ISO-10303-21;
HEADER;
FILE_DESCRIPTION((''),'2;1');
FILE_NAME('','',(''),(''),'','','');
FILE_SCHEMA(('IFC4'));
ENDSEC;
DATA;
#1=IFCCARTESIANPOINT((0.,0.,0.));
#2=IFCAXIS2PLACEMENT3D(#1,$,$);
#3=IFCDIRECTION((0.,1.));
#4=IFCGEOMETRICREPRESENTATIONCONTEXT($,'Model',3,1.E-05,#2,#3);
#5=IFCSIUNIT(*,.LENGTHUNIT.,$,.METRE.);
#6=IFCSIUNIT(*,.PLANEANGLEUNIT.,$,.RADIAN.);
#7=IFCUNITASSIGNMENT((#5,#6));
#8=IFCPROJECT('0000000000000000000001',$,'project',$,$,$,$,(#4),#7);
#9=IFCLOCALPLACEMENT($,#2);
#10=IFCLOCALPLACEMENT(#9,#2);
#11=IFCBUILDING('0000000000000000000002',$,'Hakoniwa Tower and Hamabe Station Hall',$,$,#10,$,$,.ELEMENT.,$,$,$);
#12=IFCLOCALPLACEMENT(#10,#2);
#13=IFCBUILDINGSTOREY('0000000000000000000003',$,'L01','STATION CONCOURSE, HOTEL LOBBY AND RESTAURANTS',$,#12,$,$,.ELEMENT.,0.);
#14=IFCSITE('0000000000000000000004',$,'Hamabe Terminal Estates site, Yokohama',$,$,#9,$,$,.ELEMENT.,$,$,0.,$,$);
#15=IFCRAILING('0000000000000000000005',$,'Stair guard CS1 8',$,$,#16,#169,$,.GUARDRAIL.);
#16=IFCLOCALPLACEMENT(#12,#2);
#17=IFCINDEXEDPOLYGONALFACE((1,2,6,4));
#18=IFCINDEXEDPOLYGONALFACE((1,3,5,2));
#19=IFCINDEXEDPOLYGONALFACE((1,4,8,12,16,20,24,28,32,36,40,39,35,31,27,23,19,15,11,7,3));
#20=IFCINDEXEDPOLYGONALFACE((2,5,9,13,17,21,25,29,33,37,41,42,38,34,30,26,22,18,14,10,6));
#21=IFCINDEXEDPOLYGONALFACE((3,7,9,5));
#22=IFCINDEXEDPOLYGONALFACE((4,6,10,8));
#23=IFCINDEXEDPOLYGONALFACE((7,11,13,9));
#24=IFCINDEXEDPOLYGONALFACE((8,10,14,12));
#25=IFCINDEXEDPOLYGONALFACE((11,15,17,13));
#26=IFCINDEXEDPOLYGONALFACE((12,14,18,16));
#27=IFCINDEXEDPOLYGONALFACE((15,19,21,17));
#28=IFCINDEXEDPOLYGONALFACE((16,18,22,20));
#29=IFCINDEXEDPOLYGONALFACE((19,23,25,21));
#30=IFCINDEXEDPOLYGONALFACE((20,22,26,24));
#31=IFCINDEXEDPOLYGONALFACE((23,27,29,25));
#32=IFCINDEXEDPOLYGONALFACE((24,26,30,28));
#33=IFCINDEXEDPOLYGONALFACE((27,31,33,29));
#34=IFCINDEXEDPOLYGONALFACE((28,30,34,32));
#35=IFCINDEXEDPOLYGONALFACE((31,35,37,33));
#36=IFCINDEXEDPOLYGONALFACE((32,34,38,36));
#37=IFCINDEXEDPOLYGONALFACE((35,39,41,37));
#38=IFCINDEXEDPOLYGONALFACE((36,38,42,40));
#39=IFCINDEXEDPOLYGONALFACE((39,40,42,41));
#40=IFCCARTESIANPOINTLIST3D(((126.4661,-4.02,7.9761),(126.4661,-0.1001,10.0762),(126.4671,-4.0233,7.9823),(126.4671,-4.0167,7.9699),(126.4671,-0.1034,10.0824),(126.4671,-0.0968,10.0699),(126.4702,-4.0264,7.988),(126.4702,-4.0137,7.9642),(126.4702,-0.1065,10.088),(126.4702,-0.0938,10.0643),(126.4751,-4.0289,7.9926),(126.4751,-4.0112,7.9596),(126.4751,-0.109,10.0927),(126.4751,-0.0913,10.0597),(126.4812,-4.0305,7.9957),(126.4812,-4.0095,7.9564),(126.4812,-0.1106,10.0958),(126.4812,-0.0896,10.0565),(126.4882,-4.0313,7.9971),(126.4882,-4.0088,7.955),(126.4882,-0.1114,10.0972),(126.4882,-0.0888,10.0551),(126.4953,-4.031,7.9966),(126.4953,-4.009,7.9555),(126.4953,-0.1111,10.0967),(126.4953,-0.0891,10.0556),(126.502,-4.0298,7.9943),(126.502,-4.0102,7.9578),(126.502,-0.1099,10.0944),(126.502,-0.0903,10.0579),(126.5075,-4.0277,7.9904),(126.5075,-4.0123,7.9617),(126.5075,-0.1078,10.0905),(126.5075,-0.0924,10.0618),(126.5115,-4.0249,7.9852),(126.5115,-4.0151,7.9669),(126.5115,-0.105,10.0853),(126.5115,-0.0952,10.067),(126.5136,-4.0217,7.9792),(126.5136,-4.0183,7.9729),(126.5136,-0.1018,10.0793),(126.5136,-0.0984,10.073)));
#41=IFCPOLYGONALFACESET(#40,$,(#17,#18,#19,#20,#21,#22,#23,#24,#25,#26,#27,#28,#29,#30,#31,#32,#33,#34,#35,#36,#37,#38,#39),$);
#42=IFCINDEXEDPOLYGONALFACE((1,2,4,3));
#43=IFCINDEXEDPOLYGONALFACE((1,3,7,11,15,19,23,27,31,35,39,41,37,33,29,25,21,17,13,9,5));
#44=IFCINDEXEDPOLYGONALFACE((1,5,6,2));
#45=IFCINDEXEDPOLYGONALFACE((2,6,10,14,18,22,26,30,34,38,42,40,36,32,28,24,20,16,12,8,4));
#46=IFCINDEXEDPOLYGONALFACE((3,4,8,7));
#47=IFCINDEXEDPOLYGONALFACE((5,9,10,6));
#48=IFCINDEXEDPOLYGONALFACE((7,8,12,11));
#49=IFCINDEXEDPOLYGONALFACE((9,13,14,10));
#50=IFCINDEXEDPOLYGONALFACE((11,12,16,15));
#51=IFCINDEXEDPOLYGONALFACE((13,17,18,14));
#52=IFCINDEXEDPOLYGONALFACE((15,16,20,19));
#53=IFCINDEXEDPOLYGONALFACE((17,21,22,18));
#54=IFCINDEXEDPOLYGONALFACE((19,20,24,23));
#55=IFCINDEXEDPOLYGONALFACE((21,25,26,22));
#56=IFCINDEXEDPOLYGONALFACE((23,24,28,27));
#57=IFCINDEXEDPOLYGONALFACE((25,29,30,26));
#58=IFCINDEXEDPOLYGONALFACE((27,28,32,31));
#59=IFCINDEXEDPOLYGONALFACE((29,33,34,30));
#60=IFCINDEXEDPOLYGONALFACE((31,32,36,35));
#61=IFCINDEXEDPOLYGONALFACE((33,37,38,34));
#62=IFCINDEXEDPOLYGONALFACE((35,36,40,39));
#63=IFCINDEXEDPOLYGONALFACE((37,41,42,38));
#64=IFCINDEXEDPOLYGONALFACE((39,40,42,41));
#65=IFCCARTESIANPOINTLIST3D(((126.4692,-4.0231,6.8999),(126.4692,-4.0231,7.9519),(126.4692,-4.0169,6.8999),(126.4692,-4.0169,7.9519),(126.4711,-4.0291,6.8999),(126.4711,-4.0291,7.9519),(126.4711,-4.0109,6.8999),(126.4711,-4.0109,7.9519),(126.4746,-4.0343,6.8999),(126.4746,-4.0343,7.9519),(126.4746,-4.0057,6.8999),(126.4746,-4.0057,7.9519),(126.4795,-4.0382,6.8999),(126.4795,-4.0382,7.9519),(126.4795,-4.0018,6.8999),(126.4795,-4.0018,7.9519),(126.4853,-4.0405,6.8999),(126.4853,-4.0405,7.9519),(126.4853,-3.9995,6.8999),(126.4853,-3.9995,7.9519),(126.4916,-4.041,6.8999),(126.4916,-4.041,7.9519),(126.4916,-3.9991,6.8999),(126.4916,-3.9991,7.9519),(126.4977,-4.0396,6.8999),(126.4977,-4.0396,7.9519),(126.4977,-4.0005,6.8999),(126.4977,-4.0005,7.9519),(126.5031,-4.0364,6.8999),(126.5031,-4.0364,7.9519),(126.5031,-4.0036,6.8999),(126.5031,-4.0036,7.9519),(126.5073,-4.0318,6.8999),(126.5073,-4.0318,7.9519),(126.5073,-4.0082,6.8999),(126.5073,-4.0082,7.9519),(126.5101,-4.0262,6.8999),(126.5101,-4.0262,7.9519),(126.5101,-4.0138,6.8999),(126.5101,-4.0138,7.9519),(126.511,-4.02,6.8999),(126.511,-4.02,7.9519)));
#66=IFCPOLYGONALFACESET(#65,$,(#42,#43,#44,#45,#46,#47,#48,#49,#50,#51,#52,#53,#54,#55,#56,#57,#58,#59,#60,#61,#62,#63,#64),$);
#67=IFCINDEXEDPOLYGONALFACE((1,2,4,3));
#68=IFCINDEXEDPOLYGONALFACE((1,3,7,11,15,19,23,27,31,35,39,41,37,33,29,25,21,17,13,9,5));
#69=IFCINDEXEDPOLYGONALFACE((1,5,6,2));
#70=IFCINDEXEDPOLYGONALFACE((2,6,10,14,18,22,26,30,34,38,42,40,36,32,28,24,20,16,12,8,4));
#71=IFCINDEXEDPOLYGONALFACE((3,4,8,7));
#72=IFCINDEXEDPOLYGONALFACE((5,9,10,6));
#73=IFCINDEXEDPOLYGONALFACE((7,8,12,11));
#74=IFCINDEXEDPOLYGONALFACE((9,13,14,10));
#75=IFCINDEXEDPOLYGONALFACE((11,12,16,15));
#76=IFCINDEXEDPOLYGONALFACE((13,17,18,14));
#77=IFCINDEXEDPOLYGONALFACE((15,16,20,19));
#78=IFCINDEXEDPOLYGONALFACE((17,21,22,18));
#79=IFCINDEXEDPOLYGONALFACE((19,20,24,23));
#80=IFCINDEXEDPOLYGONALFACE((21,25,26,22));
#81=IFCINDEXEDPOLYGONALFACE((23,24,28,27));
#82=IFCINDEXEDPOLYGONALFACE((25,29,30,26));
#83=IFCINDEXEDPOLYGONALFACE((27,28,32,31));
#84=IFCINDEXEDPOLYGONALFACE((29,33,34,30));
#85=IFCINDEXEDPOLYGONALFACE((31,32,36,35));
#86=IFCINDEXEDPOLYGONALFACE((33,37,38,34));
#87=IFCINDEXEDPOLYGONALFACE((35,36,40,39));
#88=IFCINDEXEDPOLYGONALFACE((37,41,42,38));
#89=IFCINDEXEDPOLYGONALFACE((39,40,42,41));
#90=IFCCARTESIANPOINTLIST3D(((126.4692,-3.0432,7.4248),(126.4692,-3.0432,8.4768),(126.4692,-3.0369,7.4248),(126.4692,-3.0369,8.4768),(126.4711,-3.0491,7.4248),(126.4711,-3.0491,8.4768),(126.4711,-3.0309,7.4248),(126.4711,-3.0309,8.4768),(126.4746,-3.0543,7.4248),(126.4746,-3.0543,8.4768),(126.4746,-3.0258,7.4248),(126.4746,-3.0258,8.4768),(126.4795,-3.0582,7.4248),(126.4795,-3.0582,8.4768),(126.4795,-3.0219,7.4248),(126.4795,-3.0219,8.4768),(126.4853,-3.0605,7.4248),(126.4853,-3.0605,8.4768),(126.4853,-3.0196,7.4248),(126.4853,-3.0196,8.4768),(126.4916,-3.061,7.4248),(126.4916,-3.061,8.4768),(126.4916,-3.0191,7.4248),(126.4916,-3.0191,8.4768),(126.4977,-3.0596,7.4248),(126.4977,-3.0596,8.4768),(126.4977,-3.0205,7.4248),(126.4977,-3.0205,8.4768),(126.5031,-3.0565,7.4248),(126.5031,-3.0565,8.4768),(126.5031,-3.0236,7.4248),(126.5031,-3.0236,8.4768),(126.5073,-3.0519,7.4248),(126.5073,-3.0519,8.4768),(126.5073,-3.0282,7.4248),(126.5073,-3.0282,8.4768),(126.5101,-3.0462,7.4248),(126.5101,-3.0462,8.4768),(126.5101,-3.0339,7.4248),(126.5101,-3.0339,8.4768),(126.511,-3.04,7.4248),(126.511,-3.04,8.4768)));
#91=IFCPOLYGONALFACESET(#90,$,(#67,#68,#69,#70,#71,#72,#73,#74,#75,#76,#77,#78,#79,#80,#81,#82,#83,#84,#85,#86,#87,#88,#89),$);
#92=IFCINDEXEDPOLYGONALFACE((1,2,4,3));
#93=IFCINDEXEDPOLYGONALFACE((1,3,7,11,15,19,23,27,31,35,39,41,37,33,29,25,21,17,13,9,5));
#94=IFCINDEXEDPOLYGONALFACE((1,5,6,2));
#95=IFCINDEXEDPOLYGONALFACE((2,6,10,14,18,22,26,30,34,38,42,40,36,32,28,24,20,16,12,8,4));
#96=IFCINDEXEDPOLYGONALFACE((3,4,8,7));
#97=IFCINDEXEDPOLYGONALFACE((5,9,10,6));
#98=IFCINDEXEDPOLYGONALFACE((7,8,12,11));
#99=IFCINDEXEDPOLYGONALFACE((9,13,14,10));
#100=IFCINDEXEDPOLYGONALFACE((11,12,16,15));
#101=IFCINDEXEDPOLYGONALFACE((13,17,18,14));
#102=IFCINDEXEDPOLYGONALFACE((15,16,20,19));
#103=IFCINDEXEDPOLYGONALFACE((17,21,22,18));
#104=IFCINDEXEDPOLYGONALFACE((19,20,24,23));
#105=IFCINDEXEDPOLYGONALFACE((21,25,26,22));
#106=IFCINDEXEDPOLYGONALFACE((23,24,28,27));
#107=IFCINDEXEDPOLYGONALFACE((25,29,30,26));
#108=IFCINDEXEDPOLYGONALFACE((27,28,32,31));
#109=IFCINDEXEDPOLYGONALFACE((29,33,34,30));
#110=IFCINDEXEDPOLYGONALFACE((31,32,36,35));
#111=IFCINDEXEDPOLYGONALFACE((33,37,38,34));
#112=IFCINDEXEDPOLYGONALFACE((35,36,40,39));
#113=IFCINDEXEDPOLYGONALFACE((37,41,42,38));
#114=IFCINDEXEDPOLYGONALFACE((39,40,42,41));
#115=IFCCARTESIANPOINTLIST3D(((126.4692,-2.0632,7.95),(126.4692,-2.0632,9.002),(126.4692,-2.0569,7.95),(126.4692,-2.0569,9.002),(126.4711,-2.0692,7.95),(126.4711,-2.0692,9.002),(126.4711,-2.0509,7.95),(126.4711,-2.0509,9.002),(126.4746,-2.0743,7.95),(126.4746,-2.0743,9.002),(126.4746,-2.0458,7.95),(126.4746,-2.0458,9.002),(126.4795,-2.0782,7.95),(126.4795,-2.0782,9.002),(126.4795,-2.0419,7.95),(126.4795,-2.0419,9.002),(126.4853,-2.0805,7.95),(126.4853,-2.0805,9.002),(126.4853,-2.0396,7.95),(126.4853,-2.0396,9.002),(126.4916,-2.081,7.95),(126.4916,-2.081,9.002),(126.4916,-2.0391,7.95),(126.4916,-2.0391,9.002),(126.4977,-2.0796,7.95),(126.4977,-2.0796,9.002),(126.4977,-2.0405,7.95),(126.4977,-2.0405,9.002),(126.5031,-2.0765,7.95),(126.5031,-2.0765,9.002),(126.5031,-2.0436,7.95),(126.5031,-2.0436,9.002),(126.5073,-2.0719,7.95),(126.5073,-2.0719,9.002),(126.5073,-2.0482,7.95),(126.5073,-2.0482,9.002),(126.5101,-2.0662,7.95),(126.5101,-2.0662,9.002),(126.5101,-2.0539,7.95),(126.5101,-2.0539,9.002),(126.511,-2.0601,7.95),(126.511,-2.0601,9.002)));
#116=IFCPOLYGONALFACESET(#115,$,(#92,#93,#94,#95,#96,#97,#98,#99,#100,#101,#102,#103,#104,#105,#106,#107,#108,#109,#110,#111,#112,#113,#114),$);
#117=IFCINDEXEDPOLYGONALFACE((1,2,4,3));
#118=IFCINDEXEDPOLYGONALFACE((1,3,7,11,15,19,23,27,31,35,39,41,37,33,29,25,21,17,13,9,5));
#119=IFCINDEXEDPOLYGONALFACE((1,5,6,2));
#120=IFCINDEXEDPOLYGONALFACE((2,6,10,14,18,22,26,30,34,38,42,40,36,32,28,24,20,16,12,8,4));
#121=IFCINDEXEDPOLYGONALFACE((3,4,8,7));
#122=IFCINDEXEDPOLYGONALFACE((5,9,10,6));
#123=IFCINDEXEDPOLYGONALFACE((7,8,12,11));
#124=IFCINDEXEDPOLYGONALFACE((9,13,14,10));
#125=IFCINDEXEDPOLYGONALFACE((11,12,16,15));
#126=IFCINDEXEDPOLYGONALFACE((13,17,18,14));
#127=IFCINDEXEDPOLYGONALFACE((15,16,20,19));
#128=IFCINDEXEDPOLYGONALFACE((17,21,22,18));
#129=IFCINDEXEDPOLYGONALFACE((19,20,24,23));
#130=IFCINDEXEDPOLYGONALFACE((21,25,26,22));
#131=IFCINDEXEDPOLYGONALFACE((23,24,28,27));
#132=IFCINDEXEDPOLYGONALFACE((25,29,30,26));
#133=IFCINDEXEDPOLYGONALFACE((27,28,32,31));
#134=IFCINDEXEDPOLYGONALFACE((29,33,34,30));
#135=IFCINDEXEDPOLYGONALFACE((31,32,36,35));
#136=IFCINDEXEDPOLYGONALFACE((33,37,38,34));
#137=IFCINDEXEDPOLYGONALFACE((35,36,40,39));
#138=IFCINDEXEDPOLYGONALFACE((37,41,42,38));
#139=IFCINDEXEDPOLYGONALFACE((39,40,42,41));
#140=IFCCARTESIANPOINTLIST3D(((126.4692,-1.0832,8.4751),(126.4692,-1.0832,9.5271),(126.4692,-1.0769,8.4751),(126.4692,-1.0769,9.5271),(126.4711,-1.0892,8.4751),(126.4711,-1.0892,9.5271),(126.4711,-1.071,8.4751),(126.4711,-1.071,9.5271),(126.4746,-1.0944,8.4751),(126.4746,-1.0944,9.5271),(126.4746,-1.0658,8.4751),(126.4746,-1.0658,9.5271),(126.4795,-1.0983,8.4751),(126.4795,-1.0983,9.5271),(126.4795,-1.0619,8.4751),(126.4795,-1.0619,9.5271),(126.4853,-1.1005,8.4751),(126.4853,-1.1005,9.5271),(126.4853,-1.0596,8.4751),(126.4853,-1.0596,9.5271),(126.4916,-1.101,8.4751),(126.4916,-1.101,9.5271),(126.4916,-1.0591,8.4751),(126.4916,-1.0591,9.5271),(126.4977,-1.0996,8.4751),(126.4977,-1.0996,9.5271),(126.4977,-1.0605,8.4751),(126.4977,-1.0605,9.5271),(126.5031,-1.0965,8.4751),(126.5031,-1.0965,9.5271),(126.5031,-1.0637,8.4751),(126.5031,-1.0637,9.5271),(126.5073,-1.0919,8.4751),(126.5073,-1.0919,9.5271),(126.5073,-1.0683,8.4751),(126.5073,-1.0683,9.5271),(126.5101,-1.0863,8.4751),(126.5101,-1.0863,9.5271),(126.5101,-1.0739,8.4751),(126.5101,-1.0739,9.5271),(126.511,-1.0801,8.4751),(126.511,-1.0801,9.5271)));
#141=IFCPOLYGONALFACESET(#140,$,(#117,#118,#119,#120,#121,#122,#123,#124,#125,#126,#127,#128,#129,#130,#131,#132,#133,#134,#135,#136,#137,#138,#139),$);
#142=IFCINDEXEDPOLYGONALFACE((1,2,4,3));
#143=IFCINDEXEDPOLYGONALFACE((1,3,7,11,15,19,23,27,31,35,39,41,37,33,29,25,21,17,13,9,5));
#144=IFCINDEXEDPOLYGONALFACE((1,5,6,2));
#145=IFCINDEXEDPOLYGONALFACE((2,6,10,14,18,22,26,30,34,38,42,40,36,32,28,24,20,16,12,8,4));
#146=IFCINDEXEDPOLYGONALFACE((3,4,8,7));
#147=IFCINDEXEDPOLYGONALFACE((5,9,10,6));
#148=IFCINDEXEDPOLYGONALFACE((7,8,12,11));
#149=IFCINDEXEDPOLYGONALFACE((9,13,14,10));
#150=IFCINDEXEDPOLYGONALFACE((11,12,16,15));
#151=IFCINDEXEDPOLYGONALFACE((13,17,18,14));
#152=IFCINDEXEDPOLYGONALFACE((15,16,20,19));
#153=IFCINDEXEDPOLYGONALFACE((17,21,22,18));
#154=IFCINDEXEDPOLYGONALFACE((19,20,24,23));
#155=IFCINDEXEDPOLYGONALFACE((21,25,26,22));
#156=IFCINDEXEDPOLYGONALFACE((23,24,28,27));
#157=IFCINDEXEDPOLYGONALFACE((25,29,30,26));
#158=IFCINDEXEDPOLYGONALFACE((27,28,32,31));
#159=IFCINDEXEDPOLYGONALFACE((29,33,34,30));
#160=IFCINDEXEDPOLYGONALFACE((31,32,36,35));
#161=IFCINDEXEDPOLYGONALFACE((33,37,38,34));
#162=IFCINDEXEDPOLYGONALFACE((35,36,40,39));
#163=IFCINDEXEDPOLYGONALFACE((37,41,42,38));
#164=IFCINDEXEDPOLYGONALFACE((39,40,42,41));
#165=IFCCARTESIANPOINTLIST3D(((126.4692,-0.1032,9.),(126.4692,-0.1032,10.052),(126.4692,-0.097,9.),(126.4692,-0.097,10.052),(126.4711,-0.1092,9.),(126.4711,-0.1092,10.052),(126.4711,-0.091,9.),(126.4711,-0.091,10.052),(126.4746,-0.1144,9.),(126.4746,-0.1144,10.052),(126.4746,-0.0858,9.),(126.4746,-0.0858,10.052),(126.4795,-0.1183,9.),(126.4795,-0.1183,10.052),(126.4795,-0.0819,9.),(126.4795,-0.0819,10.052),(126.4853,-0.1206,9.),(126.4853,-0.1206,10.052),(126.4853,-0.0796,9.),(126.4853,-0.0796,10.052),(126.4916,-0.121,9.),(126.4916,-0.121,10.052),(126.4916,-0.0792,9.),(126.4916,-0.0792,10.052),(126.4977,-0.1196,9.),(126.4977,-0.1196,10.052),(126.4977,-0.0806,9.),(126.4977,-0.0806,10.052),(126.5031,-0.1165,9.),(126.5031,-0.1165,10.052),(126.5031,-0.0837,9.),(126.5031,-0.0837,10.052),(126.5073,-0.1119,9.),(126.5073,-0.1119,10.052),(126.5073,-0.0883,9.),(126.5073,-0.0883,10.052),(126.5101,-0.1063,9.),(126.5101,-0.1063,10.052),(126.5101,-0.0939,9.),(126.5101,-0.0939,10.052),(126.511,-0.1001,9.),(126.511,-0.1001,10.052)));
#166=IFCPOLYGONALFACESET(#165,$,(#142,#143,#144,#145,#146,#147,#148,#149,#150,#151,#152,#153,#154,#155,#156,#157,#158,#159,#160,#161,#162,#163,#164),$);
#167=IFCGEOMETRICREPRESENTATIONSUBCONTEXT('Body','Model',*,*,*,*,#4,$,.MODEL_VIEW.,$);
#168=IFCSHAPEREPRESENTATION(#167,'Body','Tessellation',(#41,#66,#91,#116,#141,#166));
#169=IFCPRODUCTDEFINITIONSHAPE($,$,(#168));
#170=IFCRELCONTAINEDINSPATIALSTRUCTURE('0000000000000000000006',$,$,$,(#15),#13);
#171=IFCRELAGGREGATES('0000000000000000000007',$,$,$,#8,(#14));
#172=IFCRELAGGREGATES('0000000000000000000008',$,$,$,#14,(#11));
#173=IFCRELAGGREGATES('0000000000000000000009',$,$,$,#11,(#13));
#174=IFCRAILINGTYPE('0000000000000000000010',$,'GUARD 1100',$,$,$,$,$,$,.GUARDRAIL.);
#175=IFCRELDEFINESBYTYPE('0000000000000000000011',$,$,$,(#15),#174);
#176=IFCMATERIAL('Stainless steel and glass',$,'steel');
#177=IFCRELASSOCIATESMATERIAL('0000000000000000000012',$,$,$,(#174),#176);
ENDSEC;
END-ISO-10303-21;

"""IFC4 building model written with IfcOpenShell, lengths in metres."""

from ifc_helpers import new_model, si_unit, direction, frame, origin, origin_2d, place, context, subcontext, project, spatial, circle, extrude, material, type_object, element, save


model = new_model("IFC4")

# Units and contexts
model_context = context("Model", 3, precision=1e-05, world=origin(), true_north=direction((0.0, 1.0)))
body_context = subcontext(model_context, "Body", "Model", "MODEL_VIEW")
ifc_project = project(units=[si_unit("LENGTHUNIT", "METRE"), si_unit("PLANEANGLEUNIT", "RADIAN")], contexts=[model_context])

# Site, building, storey
site_placement = place(None, origin())
site = spatial("IfcSite", under=ifc_project, at=site_placement, Name="Hamabe Terminal Estates site, Yokohama", CompositionType="ELEMENT", RefElevation=0.0)
building_placement = place(site_placement, origin())
building = spatial("IfcBuilding", under=site, at=building_placement, Name="Hakoniwa Tower and Hamabe Station Hall", CompositionType="ELEMENT")
storey_placement = place(building_placement, origin())
storey = spatial("IfcBuildingStorey", under=building, at=storey_placement, Name="L01", Description="STATION CONCOURSE, HOTEL LOBBY AND RESTAURANTS", CompositionType="ELEMENT", Elevation=0.0)

# Railing
ifc_material_1 = material(Name="Stainless steel and glass", Category="steel")
railing_type_1 = type_object("IfcRailingType", Name="GUARD 1100", PredefinedType="GUARDRAIL", material=ifc_material_1)
railing_1_placement = place(storey_placement, frame((126.49, -4.02, 6.8999)))
element("IfcRailing", 1, at=railing_1_placement, inside=storey, type_object=railing_type_1, Name="Stair guard CS1 8", PredefinedType="GUARDRAIL", context=body_context, shape_type="SweptSolid", body=[
    extrude(circle(Radius=0.0239, at=origin_2d()), frame((0.0, 0.0, 1.0762), z_axis=(0.0, 0.881467, 0.472246), x_axis=(-1.0, 0.0, 0.0)), (0.0, 0.0, 1.0), 4.447),
    extrude(circle(Radius=0.021, at=origin_2d()), origin(), (0.0, 0.0, 1.0), 1.052),
    extrude(circle(Radius=0.021, at=origin_2d()), frame((0.0, 0.98, 0.5249)), (0.0, 0.0, 1.0), 1.052),
    extrude(circle(Radius=0.021, at=origin_2d()), frame((0.0, 1.96, 1.05)), (0.0, 0.0, 1.0), 1.052),
    extrude(circle(Radius=0.021, at=origin_2d()), frame((0.0, 2.9399, 1.5752)), (0.0, 0.0, 1.0), 1.052),
    extrude(circle(Radius=0.021, at=origin_2d()), frame((0.0, 3.9199, 2.1001)), (0.0, 0.0, 1.0), 1.052),
])

save(model, "model.ifc")
